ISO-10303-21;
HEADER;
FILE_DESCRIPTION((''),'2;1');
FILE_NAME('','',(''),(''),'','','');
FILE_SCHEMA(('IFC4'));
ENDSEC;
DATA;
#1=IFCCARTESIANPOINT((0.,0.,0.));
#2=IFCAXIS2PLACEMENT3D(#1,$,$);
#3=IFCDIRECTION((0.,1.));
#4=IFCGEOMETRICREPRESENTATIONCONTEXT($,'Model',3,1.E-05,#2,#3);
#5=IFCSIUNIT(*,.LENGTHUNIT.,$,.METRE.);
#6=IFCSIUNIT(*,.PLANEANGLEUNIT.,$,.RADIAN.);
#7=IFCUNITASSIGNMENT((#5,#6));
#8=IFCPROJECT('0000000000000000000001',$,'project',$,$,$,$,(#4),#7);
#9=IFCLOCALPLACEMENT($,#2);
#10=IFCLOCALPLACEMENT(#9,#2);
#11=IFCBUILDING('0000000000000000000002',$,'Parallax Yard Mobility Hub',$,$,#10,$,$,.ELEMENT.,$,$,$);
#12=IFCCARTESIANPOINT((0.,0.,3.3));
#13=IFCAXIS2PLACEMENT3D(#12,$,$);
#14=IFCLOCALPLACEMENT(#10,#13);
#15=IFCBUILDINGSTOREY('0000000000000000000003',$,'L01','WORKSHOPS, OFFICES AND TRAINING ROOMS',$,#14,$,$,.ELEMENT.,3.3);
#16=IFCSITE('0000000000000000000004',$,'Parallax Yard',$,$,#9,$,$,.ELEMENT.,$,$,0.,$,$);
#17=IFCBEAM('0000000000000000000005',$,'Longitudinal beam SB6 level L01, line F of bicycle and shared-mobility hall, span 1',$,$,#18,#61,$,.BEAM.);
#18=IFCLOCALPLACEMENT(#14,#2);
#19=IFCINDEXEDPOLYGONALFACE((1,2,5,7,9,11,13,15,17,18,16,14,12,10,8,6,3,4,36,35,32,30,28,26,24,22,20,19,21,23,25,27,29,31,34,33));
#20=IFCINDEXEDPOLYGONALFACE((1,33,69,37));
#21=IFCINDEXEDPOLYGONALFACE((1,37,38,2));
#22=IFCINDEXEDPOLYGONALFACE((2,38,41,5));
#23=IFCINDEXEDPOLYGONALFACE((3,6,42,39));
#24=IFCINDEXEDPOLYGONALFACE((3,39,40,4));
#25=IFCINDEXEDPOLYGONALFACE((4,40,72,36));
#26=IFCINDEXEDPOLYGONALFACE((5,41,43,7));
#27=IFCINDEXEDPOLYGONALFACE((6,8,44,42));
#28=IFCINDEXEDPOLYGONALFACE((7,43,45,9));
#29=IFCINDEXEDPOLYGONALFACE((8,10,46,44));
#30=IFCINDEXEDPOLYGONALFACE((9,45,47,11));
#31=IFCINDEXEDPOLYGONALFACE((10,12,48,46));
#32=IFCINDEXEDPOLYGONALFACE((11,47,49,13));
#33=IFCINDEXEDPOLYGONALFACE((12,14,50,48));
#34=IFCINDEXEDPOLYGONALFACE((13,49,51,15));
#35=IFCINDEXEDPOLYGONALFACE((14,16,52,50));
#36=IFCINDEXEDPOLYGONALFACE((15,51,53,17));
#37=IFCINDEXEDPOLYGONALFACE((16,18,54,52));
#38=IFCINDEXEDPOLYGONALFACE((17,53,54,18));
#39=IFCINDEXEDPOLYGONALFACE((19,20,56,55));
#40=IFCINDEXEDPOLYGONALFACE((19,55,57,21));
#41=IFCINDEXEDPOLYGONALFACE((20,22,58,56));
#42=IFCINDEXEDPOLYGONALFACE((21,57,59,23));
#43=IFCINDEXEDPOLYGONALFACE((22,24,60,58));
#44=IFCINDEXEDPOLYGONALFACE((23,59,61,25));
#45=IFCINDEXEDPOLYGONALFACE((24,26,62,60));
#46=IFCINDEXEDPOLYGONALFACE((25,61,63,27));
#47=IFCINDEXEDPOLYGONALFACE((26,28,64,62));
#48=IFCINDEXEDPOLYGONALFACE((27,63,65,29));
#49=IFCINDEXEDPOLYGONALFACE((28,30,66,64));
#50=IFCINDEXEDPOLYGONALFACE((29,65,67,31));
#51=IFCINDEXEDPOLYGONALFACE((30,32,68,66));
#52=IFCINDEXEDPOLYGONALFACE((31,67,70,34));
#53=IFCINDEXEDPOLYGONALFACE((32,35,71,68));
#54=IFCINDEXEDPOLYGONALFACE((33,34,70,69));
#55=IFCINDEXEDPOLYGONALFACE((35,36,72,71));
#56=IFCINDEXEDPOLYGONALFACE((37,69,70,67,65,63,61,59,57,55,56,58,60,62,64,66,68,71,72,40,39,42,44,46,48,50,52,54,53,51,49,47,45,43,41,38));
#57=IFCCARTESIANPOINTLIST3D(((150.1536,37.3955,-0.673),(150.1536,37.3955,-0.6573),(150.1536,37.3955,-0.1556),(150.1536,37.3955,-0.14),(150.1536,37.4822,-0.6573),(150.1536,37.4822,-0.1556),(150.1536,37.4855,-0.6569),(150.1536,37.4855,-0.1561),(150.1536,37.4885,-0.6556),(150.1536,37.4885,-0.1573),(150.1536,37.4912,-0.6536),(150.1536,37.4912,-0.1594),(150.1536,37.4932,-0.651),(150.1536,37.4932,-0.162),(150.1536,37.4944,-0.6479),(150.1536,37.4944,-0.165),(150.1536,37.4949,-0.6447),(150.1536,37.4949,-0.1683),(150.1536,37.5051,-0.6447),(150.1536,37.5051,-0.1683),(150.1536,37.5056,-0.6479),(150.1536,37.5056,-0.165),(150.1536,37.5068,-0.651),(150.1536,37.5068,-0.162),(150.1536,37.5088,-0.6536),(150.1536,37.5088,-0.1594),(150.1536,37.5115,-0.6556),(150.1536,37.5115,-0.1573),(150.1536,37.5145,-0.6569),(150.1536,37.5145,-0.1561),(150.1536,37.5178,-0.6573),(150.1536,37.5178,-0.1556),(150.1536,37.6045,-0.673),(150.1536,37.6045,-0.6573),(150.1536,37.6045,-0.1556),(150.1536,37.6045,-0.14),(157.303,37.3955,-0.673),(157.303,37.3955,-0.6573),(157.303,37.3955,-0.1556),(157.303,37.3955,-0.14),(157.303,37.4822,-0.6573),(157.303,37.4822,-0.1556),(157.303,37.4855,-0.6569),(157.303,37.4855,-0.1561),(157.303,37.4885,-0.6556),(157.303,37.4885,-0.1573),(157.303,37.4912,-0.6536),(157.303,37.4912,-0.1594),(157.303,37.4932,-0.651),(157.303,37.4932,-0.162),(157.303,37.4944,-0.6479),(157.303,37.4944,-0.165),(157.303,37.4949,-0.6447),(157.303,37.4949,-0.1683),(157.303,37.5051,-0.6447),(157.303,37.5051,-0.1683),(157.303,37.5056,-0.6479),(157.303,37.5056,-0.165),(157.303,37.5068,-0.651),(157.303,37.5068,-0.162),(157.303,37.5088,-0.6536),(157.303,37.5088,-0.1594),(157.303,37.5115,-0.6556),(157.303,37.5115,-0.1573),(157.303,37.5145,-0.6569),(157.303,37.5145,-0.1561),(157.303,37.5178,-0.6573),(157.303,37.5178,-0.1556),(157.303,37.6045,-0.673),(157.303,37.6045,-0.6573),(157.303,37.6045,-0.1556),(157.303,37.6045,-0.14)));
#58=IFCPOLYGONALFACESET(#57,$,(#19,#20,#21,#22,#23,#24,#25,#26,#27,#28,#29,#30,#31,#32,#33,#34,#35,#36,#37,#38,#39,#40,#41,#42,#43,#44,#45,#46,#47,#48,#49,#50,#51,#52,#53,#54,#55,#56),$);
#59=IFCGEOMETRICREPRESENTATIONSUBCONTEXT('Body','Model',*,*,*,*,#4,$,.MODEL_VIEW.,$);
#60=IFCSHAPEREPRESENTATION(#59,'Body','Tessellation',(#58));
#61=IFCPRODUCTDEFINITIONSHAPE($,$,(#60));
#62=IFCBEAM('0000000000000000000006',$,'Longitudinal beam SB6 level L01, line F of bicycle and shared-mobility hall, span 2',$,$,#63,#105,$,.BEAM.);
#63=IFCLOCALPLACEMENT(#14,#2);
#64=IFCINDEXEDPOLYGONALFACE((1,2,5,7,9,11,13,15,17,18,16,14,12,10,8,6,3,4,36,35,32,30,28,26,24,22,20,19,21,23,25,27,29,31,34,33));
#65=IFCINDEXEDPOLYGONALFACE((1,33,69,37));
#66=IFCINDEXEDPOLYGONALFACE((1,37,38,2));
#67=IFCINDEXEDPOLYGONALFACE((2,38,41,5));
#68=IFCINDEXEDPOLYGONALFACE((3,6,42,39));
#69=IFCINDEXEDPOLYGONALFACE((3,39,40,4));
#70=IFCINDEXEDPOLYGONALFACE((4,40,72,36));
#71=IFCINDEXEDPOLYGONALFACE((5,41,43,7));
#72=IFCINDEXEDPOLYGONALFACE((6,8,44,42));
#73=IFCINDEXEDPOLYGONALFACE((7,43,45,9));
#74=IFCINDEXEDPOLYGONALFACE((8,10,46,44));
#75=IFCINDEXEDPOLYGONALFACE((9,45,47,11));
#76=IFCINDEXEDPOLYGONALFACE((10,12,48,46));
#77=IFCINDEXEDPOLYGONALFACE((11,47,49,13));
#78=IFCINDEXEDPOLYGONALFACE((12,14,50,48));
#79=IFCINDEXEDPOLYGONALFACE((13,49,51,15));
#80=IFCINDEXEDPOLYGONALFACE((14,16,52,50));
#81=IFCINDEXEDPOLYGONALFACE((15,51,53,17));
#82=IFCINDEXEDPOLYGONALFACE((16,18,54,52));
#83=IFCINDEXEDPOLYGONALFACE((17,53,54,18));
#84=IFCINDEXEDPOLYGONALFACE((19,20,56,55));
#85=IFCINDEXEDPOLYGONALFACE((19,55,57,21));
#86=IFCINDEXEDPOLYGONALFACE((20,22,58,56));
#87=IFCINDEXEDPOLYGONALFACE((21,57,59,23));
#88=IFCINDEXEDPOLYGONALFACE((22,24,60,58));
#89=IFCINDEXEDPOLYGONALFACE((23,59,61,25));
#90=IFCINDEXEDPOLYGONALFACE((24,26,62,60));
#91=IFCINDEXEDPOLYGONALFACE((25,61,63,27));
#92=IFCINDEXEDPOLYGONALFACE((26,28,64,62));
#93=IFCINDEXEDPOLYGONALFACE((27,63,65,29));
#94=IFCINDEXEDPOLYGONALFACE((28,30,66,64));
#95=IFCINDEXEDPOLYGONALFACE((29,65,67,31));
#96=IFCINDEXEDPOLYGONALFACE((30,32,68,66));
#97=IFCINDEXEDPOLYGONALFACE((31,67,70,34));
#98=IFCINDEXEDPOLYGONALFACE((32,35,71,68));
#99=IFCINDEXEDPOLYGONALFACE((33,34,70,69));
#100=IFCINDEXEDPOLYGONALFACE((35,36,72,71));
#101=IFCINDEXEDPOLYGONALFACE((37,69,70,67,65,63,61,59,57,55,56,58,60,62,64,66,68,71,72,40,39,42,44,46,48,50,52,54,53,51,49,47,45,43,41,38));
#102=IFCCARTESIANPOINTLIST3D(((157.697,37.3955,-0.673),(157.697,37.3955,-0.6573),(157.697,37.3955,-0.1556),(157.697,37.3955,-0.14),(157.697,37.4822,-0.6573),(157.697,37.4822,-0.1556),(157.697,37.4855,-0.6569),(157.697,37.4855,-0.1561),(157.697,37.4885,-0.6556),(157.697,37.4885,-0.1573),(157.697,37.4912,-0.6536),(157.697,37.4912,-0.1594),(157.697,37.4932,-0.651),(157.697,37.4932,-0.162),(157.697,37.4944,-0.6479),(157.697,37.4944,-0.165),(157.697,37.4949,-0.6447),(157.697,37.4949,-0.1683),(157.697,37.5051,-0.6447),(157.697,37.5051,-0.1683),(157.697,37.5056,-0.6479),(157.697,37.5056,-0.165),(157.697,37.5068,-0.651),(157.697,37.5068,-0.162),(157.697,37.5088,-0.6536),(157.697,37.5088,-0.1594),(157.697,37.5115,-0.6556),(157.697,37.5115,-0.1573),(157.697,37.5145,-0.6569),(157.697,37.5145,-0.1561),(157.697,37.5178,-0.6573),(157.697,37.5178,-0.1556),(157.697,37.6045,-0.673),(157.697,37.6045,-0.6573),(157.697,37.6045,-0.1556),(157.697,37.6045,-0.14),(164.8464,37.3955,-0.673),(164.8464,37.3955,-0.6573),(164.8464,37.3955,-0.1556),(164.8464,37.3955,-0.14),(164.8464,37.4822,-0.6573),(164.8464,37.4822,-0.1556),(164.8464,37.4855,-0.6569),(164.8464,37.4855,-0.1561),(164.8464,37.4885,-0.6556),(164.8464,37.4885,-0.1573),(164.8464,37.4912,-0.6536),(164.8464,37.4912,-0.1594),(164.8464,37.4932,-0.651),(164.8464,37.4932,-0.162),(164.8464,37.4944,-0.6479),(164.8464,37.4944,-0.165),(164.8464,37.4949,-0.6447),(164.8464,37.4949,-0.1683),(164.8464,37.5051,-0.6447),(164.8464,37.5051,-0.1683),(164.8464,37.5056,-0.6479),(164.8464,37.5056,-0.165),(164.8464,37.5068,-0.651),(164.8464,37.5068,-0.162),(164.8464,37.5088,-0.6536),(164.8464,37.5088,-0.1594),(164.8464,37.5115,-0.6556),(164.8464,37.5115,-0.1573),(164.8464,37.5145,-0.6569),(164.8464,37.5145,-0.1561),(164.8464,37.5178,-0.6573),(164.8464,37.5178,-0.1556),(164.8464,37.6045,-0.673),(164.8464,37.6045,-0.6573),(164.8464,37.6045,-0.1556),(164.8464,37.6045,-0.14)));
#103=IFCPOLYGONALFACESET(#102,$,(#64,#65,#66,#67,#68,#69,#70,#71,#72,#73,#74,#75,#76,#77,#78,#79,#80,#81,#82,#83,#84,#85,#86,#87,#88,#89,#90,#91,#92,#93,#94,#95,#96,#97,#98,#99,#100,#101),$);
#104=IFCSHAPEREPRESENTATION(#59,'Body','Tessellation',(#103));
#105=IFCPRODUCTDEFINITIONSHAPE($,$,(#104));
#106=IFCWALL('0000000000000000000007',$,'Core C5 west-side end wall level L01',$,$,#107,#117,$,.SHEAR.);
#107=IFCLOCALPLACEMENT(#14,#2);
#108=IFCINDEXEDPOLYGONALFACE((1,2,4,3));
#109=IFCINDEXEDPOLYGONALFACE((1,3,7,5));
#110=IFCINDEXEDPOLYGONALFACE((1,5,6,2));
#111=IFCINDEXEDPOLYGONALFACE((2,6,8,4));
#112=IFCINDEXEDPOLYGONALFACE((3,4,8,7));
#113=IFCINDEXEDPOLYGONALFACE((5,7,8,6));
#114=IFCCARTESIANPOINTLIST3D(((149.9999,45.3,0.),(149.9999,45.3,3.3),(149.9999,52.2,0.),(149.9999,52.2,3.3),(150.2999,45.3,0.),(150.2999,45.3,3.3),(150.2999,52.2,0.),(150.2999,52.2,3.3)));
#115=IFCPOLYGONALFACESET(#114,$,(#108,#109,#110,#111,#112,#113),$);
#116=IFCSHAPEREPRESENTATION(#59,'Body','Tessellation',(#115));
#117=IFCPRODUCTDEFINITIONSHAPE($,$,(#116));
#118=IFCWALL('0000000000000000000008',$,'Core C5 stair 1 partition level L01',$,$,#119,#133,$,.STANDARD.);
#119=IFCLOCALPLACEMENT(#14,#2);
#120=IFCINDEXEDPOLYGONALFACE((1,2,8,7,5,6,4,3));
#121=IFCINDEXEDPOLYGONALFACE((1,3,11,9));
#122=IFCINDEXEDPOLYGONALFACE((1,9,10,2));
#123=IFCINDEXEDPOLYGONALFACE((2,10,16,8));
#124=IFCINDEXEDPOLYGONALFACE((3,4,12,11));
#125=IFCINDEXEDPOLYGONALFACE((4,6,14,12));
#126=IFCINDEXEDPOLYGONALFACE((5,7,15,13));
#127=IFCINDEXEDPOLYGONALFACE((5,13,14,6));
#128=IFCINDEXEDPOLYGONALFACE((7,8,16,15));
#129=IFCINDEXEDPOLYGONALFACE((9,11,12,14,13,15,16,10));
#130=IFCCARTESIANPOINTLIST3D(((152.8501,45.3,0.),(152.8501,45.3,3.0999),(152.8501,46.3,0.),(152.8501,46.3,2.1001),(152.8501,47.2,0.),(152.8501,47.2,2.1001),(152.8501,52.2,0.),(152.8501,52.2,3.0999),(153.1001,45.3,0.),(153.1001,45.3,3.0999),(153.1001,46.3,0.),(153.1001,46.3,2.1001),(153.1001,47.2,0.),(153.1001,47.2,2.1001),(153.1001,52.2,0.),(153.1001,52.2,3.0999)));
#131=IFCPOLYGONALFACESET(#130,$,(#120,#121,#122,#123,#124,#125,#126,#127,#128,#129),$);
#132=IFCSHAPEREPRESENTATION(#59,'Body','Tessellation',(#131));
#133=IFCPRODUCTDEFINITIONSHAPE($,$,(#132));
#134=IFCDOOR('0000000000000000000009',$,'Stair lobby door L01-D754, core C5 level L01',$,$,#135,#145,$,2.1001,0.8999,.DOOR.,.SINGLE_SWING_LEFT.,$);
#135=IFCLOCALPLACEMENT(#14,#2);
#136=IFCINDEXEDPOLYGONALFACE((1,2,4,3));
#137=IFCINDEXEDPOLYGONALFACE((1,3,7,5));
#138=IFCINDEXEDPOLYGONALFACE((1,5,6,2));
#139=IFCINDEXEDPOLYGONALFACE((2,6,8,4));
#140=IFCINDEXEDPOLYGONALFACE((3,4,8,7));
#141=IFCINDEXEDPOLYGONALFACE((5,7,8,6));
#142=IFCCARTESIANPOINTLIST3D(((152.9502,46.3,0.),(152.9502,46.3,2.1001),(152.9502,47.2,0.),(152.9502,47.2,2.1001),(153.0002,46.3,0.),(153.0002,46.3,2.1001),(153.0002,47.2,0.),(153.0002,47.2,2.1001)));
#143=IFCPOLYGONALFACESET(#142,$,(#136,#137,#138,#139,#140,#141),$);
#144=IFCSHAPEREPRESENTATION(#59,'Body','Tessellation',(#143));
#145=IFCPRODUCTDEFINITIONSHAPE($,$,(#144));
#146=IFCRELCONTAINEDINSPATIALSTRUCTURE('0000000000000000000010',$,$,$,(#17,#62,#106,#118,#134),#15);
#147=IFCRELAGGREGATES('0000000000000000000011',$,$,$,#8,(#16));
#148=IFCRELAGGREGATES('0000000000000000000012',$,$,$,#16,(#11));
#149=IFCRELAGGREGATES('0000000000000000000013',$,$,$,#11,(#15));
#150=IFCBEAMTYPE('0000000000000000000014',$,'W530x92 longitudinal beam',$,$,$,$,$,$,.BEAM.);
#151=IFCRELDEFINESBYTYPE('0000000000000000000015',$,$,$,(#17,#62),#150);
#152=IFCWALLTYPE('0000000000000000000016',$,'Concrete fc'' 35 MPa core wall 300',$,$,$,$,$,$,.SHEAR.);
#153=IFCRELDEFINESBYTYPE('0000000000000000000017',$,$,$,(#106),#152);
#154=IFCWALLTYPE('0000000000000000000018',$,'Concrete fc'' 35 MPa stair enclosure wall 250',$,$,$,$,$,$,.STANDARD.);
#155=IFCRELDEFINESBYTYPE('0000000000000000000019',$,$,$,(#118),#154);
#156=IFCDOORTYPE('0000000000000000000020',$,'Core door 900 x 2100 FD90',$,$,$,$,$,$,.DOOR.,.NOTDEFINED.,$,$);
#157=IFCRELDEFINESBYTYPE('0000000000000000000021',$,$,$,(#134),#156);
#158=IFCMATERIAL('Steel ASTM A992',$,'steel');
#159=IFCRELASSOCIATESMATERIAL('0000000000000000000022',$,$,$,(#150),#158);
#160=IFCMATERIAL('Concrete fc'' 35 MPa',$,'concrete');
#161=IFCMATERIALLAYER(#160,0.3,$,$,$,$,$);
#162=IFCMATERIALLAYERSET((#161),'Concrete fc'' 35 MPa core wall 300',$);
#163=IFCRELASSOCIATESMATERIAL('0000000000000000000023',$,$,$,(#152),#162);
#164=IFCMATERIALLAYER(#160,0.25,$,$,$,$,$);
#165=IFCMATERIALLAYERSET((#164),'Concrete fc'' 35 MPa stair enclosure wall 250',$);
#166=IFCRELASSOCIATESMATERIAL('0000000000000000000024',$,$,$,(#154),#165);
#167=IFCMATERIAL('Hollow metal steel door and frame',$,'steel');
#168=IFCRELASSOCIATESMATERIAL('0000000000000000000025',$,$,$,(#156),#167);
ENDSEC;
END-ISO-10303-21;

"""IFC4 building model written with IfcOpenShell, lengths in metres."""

from ifc_helpers import new_model, si_unit, direction, frame, frame_2d, origin, origin_2d, place, context, subcontext, project, spatial, rectangle, i_section, extrude, material, layer, layer_set, material_profile, profile_set, type_object, element, fill, save


model = new_model("IFC4")

# Units and contexts
model_context = context("Model", 3, precision=1e-05, world=origin(), true_north=direction((0.0, 1.0)))
body_context = subcontext(model_context, "Body", "Model", "MODEL_VIEW")
ifc_project = project(units=[si_unit("LENGTHUNIT", "METRE"), si_unit("PLANEANGLEUNIT", "RADIAN")], contexts=[model_context])

# Site, building, storey
site_placement = place(None, origin())
site = spatial("IfcSite", under=ifc_project, at=site_placement, Name="Parallax Yard", CompositionType="ELEMENT", RefElevation=0.0)
building_placement = place(site_placement, origin())
building = spatial("IfcBuilding", under=site, at=building_placement, Name="Parallax Yard Mobility Hub", CompositionType="ELEMENT")
storey_placement = place(building_placement, frame((0.0, 0.0, 3.3)))
storey = spatial("IfcBuildingStorey", under=building, at=storey_placement, Name="L01", Description="WORKSHOPS, OFFICES AND TRAINING ROOMS", CompositionType="ELEMENT", Elevation=3.3)

# Shared definitions
ifc_material_1 = material(Name="Steel ASTM A992", Category="steel")

# Beams
ifc_material_profile_1 = material_profile(ifc_material_1, i_section(OverallWidth=0.209, OverallDepth=0.533, WebThickness=0.0103, FlangeThickness=0.0156, FilletRadius=0.0127, at=origin_2d()), Name="W530x92")
ifc_profile_set_1 = profile_set([ifc_material_profile_1], Name="Steel ASTM A992")
beam_type_1 = type_object("IfcBeamType", Name="W530x92 longitudinal beam", PredefinedType="BEAM", material=ifc_profile_set_1)
for number, where, z_axis, x_axis, name in (
    (1, (150.1536, 37.5, -0.4065), (1.0, 0.0, 0.0), (0.0, 1.0, 0.0), "Longitudinal beam SB6 level L01, line F of bicycle and shared-mobility hall, span 1"),
    (2, (157.697, 37.5, -0.4065), (1.0, 0.0, 0.0), (0.0, 1.0, 0.0), "Longitudinal beam SB6 level L01, line F of bicycle and shared-mobility hall, span 2"),
):
    element("IfcBeam", number, at=place(storey_placement, frame(where, z_axis=z_axis, x_axis=x_axis)), inside=storey, type_object=beam_type_1, Name=name, PredefinedType="BEAM", context=body_context, shape_type="SweptSolid", body=[
        extrude(i_section(OverallWidth=0.209, OverallDepth=0.533, WebThickness=0.0103, FlangeThickness=0.0156, FilletRadius=0.0127, at=origin_2d()), origin(), (0.0, 0.0, 1.0), 7.1494),
    ])

# Wall
ifc_material_2 = material(Name="Concrete fc' 35 MPa", Category="concrete")
ifc_layer_1 = layer(ifc_material_2, 0.3)
ifc_layer_set_1 = layer_set([ifc_layer_1], Name="Concrete fc' 35 MPa core wall 300")
wall_type_1 = type_object("IfcWallType", Name="Concrete fc' 35 MPa core wall 300", PredefinedType="SHEAR", material=ifc_layer_set_1)
wall_1_placement = place(storey_placement, frame((150.1499, 45.3, 0.0), z_axis=(0.0, 0.0, 1.0), x_axis=(0.0, 1.0, 0.0)))
element("IfcWall", 3, at=wall_1_placement, inside=storey, type_object=wall_type_1, Name="Core C5 west-side end wall level L01", PredefinedType="SHEAR", context=body_context, shape_type="SweptSolid", body=[
    extrude(rectangle(XDim=6.8999, YDim=0.3, at=frame_2d((3.45, 0.0))), origin(), (0.0, 0.0, 1.0), 3.3),
])

# Wall, opening, door
ifc_layer_2 = layer(ifc_material_2, 0.25)
ifc_layer_set_2 = layer_set([ifc_layer_2], Name="Concrete fc' 35 MPa stair enclosure wall 250")
wall_type_2 = type_object("IfcWallType", Name="Concrete fc' 35 MPa stair enclosure wall 250", PredefinedType="STANDARD", material=ifc_layer_set_2)
wall_2_placement = place(storey_placement, frame((152.9751, 45.3, 0.0), z_axis=(0.0, 0.0, 1.0), x_axis=(0.0, 1.0, 0.0)))
wall_2 = element("IfcWall", 4, at=wall_2_placement, inside=storey, type_object=wall_type_2, Name="Core C5 stair 1 partition level L01", PredefinedType="STANDARD", context=body_context, shape_type="SweptSolid", body=[
    extrude(rectangle(XDim=6.8999, YDim=0.25, at=frame_2d((3.45, 0.0))), origin(), (0.0, 0.0, 1.0), 3.0999),
])
opening_1_placement = place(wall_2_placement, frame((1.0, 0.0, 0.0)))
opening_1 = element("IfcOpeningElement", 5, at=opening_1_placement, cuts=wall_2, PredefinedType="OPENING", context=body_context, shape_type="SweptSolid", body=[
    extrude(rectangle(XDim=0.8999, YDim=2.1001, at=frame_2d((0.45, 1.05))), frame((0.0, 0.135, 0.0), z_axis=(0.0, -1.0, 0.0), x_axis=(1.0, 0.0, 0.0)), (0.0, 0.0, 1.0), 0.27),
])
ifc_material_3 = material(Name="Hollow metal steel door and frame", Category="steel")
door_type = type_object("IfcDoorType", Name="Core door 900 x 2100 FD90", OperationType="NOTDEFINED", PredefinedType="DOOR", material=ifc_material_3)
door_placement = place(opening_1_placement, origin())
door = element("IfcDoor", 6, at=door_placement, inside=storey, type_object=door_type, Name="Stair lobby door L01-D754, core C5 level L01", OperationType="SINGLE_SWING_LEFT", OverallHeight=2.1001, OverallWidth=0.8999, PredefinedType="DOOR", context=body_context, shape_type="SweptSolid", body=[
    extrude(rectangle(XDim=0.8999, YDim=2.1001, at=frame_2d((0.45, 1.05))), frame((0.0, 0.0249, 0.0), z_axis=(0.0, -1.0, 0.0), x_axis=(1.0, 0.0, 0.0)), (0.0, 0.0, 1.0), 0.05),
])
fill(opening_1, door)

save(model, "model.ifc")
